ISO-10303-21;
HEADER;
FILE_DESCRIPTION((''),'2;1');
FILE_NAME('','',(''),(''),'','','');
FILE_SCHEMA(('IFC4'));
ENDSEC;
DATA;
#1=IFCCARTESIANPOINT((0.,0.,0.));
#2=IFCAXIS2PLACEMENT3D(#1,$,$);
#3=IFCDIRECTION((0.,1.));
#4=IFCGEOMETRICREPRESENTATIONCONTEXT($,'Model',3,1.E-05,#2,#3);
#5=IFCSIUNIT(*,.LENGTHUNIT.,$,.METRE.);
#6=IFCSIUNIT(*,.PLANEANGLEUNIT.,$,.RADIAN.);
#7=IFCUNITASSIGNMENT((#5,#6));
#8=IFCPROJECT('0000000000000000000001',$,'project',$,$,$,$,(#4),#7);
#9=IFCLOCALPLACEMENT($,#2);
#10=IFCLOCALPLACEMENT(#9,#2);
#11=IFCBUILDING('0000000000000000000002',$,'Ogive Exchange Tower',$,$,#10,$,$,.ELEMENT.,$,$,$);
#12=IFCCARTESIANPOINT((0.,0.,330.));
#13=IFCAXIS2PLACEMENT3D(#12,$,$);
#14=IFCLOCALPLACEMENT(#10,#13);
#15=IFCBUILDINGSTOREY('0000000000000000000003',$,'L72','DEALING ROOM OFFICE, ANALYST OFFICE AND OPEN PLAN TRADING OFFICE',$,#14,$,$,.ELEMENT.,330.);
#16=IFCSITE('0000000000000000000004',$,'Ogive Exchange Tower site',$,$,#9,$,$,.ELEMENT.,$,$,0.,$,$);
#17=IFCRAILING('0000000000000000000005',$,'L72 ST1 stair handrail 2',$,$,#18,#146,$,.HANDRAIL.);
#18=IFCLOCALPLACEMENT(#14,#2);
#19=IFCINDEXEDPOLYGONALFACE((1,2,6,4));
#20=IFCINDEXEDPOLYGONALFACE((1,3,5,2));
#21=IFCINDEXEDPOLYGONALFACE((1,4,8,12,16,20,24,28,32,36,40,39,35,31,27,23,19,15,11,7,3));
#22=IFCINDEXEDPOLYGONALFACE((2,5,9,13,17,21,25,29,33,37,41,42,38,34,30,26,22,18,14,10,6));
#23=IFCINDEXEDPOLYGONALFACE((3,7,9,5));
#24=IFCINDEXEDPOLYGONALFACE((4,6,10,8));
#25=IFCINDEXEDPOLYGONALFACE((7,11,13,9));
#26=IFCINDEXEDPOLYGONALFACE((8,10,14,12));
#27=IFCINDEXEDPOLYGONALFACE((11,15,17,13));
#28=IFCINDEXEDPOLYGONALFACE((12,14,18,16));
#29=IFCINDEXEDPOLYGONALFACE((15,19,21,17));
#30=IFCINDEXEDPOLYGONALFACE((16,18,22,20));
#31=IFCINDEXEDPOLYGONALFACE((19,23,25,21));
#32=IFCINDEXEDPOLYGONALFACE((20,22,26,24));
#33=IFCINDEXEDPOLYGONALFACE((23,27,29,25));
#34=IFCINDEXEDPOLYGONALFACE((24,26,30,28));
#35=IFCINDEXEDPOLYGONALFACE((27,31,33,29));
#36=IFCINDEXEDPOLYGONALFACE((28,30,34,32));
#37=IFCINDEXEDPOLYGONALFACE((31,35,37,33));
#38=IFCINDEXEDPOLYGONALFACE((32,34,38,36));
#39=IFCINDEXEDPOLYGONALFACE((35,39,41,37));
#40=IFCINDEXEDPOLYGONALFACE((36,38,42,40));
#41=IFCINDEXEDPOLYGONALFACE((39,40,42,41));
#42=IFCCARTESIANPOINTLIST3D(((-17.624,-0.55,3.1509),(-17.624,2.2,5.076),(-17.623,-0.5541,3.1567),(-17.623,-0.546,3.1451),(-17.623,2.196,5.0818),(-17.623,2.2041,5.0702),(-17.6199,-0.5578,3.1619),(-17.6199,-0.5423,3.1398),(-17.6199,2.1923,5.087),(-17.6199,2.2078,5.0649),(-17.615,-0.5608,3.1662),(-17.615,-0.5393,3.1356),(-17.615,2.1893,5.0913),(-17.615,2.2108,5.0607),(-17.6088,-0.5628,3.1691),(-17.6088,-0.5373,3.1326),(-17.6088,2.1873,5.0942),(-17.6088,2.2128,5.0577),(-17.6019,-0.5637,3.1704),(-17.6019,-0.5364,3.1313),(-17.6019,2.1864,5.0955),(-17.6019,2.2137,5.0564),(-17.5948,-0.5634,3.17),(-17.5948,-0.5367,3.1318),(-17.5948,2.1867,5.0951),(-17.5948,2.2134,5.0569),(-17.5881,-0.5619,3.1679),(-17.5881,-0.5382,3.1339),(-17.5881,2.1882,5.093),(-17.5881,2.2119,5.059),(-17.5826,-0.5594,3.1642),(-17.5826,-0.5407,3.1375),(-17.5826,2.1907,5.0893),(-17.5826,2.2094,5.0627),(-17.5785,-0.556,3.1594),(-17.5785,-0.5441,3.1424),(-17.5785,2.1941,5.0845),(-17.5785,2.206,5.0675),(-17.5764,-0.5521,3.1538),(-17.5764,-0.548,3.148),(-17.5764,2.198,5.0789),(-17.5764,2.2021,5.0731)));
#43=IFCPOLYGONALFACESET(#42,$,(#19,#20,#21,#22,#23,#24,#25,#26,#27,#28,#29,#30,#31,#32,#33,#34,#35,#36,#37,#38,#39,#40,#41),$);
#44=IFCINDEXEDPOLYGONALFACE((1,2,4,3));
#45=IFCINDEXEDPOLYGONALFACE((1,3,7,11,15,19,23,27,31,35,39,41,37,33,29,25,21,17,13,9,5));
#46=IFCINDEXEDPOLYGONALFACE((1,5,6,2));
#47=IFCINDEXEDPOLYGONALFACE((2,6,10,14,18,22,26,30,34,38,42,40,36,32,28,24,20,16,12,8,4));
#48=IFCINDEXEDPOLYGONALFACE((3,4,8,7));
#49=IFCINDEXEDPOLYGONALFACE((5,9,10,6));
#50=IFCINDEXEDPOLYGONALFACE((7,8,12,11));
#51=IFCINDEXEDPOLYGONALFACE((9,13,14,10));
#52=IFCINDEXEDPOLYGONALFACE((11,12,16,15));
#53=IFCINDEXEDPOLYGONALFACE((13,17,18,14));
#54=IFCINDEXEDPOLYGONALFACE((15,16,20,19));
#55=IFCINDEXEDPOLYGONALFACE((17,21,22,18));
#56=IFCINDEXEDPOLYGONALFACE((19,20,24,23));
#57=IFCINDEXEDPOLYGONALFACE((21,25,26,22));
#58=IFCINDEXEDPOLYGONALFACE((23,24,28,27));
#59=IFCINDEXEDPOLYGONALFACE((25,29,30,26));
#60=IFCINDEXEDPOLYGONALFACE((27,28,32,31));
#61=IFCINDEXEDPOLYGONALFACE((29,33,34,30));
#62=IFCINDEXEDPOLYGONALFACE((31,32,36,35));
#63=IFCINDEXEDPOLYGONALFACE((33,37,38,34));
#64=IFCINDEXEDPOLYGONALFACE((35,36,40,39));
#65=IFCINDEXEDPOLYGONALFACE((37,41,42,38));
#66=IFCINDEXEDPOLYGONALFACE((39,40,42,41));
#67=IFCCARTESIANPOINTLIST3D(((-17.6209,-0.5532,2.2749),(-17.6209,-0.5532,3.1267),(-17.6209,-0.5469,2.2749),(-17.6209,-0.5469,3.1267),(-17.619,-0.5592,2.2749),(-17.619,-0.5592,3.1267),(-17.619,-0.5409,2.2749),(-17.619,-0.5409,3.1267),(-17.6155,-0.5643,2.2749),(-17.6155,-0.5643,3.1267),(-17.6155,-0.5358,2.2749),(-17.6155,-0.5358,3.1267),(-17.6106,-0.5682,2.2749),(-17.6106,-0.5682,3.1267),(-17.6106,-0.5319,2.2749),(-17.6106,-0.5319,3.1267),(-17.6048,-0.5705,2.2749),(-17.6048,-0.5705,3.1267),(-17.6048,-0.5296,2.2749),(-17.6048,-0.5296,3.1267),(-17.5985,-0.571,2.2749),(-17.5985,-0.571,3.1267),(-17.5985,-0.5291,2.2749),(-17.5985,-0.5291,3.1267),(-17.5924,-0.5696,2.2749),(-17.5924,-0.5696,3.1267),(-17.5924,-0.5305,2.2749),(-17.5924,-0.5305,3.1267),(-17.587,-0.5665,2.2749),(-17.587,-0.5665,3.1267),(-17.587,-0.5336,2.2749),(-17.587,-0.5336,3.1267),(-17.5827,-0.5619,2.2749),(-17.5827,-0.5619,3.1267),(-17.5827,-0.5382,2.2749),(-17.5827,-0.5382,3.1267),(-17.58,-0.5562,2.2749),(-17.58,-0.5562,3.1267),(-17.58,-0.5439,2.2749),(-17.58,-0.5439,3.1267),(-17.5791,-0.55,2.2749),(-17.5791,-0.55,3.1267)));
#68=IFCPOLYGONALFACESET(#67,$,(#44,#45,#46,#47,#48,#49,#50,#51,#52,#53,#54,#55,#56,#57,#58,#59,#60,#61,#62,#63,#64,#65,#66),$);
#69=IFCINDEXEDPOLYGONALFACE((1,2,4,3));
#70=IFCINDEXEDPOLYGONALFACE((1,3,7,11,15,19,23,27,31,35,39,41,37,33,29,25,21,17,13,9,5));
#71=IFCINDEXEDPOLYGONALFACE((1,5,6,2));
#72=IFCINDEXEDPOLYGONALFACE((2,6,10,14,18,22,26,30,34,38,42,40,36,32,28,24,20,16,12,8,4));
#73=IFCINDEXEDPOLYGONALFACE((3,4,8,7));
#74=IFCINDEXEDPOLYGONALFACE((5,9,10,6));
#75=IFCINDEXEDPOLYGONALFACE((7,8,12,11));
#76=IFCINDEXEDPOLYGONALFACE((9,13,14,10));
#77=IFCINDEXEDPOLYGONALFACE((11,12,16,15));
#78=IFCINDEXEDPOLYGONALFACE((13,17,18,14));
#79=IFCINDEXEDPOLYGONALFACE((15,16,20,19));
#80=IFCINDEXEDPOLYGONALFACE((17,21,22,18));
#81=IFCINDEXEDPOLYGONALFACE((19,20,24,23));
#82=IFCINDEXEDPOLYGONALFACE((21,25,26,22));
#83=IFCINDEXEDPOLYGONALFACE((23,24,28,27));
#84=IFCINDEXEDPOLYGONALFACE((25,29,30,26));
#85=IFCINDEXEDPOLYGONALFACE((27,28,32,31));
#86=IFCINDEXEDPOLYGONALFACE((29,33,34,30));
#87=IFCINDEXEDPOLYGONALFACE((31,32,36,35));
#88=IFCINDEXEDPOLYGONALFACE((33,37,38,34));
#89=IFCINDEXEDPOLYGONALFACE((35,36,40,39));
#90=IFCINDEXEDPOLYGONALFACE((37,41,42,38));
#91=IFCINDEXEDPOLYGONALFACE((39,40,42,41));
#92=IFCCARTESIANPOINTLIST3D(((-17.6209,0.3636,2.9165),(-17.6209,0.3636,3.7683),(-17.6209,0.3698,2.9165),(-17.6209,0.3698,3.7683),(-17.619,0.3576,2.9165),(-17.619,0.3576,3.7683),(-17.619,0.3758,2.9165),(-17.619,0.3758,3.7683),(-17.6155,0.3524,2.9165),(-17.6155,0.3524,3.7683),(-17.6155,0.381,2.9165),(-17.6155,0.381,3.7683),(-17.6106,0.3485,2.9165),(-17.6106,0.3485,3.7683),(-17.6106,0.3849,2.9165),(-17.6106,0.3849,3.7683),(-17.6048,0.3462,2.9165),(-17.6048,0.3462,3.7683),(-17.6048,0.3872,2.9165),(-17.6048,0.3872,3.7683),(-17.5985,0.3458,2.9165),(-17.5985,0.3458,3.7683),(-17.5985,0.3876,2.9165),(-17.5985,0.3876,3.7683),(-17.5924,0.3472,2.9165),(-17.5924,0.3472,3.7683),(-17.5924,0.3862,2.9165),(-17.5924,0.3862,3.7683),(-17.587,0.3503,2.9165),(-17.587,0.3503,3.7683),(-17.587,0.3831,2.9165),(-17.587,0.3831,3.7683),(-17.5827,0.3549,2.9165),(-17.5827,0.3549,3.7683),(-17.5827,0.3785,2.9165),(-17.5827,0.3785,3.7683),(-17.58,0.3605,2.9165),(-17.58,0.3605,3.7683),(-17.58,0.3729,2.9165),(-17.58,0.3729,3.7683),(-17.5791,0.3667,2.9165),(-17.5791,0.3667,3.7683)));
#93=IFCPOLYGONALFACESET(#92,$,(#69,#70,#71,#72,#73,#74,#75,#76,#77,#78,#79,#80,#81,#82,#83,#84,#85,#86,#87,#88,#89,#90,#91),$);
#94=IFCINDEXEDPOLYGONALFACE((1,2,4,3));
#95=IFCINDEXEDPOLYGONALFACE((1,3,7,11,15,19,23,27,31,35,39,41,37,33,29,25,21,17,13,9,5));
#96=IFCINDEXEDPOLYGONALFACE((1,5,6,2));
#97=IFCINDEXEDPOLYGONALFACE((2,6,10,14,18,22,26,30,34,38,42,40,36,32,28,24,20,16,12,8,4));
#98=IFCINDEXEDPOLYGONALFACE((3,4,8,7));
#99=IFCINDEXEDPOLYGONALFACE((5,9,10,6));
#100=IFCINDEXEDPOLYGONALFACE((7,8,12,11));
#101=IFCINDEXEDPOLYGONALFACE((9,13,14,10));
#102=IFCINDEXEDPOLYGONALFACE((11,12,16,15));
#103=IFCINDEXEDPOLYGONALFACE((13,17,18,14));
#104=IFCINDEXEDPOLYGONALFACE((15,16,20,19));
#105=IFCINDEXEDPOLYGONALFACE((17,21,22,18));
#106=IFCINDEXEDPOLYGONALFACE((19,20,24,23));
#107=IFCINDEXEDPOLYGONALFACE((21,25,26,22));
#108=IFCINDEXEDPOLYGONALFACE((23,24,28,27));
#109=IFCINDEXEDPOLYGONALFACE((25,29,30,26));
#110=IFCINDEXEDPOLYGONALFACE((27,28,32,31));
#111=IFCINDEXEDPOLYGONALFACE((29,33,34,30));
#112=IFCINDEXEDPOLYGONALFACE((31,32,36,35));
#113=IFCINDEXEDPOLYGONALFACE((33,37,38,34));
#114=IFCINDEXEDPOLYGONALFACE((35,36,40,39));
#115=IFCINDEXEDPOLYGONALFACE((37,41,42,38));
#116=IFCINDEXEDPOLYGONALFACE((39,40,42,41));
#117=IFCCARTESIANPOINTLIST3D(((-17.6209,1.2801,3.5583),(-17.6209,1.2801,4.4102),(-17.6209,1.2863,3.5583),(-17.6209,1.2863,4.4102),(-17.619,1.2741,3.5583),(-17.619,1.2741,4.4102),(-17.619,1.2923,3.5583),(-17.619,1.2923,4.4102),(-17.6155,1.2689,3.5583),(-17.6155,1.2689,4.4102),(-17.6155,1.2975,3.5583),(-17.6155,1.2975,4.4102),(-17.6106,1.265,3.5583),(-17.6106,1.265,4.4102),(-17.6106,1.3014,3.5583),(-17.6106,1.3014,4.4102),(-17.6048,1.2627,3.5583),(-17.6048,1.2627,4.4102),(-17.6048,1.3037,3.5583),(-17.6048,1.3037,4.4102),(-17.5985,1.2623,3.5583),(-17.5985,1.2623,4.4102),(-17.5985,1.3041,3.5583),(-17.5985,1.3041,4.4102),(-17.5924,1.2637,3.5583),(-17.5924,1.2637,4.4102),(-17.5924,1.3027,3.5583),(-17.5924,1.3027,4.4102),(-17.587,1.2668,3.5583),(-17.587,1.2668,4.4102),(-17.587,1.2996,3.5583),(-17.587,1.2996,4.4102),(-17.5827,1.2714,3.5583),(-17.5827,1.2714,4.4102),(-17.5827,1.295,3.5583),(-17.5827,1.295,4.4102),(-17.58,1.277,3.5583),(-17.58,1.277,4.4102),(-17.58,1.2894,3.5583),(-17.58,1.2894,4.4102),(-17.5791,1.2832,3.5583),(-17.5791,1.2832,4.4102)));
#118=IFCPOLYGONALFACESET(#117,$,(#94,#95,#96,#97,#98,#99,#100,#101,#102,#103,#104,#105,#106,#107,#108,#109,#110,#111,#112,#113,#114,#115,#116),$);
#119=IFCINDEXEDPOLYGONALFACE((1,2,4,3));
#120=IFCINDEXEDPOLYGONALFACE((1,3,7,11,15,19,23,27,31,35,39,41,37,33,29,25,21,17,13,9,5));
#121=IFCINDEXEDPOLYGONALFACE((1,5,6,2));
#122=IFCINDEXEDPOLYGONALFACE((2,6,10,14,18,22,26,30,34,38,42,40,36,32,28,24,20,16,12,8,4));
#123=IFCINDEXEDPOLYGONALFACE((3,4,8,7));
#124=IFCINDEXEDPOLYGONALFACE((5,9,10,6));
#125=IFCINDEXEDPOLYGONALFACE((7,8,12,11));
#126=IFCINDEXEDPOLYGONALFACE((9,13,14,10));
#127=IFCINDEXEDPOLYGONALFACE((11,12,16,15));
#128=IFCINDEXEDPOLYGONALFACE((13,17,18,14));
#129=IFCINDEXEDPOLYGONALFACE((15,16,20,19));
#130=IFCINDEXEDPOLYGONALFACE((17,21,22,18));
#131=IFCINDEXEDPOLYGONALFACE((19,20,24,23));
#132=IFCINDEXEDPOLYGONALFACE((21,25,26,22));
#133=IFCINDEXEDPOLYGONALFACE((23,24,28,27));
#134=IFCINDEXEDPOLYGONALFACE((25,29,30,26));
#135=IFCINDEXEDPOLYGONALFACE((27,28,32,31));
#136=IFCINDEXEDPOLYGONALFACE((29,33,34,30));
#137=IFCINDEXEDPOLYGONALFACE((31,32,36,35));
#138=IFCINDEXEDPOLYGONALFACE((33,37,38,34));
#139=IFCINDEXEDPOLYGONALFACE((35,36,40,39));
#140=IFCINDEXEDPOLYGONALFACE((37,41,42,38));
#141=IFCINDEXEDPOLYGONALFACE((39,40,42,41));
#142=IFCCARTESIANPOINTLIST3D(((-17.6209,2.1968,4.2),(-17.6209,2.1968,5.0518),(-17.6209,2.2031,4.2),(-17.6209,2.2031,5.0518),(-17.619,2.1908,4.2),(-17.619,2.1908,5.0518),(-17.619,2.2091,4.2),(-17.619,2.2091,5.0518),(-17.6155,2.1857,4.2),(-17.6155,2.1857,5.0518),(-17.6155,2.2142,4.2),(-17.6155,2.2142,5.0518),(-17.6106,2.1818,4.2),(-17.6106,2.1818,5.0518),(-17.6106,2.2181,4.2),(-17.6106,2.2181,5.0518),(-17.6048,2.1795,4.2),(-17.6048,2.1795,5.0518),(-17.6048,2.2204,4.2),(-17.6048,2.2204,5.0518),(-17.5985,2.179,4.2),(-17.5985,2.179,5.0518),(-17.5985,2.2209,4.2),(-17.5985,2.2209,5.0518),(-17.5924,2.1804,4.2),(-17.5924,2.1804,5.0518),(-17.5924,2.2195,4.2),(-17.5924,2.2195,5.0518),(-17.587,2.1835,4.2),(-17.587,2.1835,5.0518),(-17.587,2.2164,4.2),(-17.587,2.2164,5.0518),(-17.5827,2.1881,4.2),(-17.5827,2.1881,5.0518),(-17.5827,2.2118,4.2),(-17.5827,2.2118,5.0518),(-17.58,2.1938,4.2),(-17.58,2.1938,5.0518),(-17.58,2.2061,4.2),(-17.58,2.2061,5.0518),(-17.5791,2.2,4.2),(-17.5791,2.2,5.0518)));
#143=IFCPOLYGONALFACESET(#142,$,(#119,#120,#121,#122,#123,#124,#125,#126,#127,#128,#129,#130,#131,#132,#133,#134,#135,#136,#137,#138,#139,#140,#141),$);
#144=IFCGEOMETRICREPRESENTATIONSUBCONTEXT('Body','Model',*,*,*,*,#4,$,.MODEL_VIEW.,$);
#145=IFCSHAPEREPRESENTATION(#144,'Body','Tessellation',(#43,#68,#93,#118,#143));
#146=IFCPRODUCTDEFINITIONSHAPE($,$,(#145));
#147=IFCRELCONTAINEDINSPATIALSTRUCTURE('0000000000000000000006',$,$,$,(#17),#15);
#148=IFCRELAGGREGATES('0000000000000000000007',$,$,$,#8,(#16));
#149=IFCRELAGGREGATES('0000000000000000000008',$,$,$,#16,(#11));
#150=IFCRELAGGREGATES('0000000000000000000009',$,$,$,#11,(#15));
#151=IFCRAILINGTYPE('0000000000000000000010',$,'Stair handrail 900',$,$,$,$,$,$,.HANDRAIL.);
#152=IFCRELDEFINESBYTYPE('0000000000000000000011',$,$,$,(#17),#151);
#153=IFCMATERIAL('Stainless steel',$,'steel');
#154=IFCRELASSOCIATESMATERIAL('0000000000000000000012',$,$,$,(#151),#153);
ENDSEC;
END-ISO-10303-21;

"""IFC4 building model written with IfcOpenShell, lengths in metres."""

from ifc_helpers import new_model, si_unit, direction, frame, origin, origin_2d, place, context, subcontext, project, spatial, circle, extrude, material, type_object, element, save


model = new_model("IFC4")

# Units and contexts
model_context = context("Model", 3, precision=1e-05, world=origin(), true_north=direction((0.0, 1.0)))
body_context = subcontext(model_context, "Body", "Model", "MODEL_VIEW")
ifc_project = project(units=[si_unit("LENGTHUNIT", "METRE"), si_unit("PLANEANGLEUNIT", "RADIAN")], contexts=[model_context])

# Site, building, storey
site_placement = place(None, origin())
site = spatial("IfcSite", under=ifc_project, at=site_placement, Name="Ogive Exchange Tower site", CompositionType="ELEMENT", RefElevation=0.0)
building_placement = place(site_placement, origin())
building = spatial("IfcBuilding", under=site, at=building_placement, Name="Ogive Exchange Tower", CompositionType="ELEMENT")
storey_placement = place(building_placement, frame((0.0, 0.0, 330.0)))
storey = spatial("IfcBuildingStorey", under=building, at=storey_placement, Name="L72", Description="DEALING ROOM OFFICE, ANALYST OFFICE AND OPEN PLAN TRADING OFFICE", CompositionType="ELEMENT", Elevation=330.0)

# Shared definitions
ifc_material_1 = material(Name="Stainless steel", Category="steel")

# Railing
railing_type = type_object("IfcRailingType", Name="Stair handrail 900", PredefinedType="HANDRAIL", material=ifc_material_1)
railing_placement = place(storey_placement, frame((-17.6001, -0.55, 2.2749)))
element("IfcRailing", 1, at=railing_placement, inside=storey, type_object=railing_type, Name="L72 ST1 stair handrail 2", PredefinedType="HANDRAIL", context=body_context, shape_type="SweptSolid", body=[
    extrude(circle(Radius=0.0239, at=origin_2d()), frame((0.0, 0.0, 0.876), z_axis=(0.0, 0.819225, 0.573472), x_axis=(-1.0, 0.0, 0.0)), (0.0, 0.0, 1.0), 3.3569),
    extrude(circle(Radius=0.021, at=origin_2d()), origin(), (0.0, 0.0, 1.0), 0.8518),
    extrude(circle(Radius=0.021, at=origin_2d()), frame((0.0, 0.9167, 0.6416)), (0.0, 0.0, 1.0), 0.8518),
    extrude(circle(Radius=0.021, at=origin_2d()), frame((0.0, 1.8333, 1.2834)), (0.0, 0.0, 1.0), 0.8518),
    extrude(circle(Radius=0.021, at=origin_2d()), frame((0.0, 2.75, 1.925)), (0.0, 0.0, 1.0), 0.8518),
])

save(model, "model.ifc")
